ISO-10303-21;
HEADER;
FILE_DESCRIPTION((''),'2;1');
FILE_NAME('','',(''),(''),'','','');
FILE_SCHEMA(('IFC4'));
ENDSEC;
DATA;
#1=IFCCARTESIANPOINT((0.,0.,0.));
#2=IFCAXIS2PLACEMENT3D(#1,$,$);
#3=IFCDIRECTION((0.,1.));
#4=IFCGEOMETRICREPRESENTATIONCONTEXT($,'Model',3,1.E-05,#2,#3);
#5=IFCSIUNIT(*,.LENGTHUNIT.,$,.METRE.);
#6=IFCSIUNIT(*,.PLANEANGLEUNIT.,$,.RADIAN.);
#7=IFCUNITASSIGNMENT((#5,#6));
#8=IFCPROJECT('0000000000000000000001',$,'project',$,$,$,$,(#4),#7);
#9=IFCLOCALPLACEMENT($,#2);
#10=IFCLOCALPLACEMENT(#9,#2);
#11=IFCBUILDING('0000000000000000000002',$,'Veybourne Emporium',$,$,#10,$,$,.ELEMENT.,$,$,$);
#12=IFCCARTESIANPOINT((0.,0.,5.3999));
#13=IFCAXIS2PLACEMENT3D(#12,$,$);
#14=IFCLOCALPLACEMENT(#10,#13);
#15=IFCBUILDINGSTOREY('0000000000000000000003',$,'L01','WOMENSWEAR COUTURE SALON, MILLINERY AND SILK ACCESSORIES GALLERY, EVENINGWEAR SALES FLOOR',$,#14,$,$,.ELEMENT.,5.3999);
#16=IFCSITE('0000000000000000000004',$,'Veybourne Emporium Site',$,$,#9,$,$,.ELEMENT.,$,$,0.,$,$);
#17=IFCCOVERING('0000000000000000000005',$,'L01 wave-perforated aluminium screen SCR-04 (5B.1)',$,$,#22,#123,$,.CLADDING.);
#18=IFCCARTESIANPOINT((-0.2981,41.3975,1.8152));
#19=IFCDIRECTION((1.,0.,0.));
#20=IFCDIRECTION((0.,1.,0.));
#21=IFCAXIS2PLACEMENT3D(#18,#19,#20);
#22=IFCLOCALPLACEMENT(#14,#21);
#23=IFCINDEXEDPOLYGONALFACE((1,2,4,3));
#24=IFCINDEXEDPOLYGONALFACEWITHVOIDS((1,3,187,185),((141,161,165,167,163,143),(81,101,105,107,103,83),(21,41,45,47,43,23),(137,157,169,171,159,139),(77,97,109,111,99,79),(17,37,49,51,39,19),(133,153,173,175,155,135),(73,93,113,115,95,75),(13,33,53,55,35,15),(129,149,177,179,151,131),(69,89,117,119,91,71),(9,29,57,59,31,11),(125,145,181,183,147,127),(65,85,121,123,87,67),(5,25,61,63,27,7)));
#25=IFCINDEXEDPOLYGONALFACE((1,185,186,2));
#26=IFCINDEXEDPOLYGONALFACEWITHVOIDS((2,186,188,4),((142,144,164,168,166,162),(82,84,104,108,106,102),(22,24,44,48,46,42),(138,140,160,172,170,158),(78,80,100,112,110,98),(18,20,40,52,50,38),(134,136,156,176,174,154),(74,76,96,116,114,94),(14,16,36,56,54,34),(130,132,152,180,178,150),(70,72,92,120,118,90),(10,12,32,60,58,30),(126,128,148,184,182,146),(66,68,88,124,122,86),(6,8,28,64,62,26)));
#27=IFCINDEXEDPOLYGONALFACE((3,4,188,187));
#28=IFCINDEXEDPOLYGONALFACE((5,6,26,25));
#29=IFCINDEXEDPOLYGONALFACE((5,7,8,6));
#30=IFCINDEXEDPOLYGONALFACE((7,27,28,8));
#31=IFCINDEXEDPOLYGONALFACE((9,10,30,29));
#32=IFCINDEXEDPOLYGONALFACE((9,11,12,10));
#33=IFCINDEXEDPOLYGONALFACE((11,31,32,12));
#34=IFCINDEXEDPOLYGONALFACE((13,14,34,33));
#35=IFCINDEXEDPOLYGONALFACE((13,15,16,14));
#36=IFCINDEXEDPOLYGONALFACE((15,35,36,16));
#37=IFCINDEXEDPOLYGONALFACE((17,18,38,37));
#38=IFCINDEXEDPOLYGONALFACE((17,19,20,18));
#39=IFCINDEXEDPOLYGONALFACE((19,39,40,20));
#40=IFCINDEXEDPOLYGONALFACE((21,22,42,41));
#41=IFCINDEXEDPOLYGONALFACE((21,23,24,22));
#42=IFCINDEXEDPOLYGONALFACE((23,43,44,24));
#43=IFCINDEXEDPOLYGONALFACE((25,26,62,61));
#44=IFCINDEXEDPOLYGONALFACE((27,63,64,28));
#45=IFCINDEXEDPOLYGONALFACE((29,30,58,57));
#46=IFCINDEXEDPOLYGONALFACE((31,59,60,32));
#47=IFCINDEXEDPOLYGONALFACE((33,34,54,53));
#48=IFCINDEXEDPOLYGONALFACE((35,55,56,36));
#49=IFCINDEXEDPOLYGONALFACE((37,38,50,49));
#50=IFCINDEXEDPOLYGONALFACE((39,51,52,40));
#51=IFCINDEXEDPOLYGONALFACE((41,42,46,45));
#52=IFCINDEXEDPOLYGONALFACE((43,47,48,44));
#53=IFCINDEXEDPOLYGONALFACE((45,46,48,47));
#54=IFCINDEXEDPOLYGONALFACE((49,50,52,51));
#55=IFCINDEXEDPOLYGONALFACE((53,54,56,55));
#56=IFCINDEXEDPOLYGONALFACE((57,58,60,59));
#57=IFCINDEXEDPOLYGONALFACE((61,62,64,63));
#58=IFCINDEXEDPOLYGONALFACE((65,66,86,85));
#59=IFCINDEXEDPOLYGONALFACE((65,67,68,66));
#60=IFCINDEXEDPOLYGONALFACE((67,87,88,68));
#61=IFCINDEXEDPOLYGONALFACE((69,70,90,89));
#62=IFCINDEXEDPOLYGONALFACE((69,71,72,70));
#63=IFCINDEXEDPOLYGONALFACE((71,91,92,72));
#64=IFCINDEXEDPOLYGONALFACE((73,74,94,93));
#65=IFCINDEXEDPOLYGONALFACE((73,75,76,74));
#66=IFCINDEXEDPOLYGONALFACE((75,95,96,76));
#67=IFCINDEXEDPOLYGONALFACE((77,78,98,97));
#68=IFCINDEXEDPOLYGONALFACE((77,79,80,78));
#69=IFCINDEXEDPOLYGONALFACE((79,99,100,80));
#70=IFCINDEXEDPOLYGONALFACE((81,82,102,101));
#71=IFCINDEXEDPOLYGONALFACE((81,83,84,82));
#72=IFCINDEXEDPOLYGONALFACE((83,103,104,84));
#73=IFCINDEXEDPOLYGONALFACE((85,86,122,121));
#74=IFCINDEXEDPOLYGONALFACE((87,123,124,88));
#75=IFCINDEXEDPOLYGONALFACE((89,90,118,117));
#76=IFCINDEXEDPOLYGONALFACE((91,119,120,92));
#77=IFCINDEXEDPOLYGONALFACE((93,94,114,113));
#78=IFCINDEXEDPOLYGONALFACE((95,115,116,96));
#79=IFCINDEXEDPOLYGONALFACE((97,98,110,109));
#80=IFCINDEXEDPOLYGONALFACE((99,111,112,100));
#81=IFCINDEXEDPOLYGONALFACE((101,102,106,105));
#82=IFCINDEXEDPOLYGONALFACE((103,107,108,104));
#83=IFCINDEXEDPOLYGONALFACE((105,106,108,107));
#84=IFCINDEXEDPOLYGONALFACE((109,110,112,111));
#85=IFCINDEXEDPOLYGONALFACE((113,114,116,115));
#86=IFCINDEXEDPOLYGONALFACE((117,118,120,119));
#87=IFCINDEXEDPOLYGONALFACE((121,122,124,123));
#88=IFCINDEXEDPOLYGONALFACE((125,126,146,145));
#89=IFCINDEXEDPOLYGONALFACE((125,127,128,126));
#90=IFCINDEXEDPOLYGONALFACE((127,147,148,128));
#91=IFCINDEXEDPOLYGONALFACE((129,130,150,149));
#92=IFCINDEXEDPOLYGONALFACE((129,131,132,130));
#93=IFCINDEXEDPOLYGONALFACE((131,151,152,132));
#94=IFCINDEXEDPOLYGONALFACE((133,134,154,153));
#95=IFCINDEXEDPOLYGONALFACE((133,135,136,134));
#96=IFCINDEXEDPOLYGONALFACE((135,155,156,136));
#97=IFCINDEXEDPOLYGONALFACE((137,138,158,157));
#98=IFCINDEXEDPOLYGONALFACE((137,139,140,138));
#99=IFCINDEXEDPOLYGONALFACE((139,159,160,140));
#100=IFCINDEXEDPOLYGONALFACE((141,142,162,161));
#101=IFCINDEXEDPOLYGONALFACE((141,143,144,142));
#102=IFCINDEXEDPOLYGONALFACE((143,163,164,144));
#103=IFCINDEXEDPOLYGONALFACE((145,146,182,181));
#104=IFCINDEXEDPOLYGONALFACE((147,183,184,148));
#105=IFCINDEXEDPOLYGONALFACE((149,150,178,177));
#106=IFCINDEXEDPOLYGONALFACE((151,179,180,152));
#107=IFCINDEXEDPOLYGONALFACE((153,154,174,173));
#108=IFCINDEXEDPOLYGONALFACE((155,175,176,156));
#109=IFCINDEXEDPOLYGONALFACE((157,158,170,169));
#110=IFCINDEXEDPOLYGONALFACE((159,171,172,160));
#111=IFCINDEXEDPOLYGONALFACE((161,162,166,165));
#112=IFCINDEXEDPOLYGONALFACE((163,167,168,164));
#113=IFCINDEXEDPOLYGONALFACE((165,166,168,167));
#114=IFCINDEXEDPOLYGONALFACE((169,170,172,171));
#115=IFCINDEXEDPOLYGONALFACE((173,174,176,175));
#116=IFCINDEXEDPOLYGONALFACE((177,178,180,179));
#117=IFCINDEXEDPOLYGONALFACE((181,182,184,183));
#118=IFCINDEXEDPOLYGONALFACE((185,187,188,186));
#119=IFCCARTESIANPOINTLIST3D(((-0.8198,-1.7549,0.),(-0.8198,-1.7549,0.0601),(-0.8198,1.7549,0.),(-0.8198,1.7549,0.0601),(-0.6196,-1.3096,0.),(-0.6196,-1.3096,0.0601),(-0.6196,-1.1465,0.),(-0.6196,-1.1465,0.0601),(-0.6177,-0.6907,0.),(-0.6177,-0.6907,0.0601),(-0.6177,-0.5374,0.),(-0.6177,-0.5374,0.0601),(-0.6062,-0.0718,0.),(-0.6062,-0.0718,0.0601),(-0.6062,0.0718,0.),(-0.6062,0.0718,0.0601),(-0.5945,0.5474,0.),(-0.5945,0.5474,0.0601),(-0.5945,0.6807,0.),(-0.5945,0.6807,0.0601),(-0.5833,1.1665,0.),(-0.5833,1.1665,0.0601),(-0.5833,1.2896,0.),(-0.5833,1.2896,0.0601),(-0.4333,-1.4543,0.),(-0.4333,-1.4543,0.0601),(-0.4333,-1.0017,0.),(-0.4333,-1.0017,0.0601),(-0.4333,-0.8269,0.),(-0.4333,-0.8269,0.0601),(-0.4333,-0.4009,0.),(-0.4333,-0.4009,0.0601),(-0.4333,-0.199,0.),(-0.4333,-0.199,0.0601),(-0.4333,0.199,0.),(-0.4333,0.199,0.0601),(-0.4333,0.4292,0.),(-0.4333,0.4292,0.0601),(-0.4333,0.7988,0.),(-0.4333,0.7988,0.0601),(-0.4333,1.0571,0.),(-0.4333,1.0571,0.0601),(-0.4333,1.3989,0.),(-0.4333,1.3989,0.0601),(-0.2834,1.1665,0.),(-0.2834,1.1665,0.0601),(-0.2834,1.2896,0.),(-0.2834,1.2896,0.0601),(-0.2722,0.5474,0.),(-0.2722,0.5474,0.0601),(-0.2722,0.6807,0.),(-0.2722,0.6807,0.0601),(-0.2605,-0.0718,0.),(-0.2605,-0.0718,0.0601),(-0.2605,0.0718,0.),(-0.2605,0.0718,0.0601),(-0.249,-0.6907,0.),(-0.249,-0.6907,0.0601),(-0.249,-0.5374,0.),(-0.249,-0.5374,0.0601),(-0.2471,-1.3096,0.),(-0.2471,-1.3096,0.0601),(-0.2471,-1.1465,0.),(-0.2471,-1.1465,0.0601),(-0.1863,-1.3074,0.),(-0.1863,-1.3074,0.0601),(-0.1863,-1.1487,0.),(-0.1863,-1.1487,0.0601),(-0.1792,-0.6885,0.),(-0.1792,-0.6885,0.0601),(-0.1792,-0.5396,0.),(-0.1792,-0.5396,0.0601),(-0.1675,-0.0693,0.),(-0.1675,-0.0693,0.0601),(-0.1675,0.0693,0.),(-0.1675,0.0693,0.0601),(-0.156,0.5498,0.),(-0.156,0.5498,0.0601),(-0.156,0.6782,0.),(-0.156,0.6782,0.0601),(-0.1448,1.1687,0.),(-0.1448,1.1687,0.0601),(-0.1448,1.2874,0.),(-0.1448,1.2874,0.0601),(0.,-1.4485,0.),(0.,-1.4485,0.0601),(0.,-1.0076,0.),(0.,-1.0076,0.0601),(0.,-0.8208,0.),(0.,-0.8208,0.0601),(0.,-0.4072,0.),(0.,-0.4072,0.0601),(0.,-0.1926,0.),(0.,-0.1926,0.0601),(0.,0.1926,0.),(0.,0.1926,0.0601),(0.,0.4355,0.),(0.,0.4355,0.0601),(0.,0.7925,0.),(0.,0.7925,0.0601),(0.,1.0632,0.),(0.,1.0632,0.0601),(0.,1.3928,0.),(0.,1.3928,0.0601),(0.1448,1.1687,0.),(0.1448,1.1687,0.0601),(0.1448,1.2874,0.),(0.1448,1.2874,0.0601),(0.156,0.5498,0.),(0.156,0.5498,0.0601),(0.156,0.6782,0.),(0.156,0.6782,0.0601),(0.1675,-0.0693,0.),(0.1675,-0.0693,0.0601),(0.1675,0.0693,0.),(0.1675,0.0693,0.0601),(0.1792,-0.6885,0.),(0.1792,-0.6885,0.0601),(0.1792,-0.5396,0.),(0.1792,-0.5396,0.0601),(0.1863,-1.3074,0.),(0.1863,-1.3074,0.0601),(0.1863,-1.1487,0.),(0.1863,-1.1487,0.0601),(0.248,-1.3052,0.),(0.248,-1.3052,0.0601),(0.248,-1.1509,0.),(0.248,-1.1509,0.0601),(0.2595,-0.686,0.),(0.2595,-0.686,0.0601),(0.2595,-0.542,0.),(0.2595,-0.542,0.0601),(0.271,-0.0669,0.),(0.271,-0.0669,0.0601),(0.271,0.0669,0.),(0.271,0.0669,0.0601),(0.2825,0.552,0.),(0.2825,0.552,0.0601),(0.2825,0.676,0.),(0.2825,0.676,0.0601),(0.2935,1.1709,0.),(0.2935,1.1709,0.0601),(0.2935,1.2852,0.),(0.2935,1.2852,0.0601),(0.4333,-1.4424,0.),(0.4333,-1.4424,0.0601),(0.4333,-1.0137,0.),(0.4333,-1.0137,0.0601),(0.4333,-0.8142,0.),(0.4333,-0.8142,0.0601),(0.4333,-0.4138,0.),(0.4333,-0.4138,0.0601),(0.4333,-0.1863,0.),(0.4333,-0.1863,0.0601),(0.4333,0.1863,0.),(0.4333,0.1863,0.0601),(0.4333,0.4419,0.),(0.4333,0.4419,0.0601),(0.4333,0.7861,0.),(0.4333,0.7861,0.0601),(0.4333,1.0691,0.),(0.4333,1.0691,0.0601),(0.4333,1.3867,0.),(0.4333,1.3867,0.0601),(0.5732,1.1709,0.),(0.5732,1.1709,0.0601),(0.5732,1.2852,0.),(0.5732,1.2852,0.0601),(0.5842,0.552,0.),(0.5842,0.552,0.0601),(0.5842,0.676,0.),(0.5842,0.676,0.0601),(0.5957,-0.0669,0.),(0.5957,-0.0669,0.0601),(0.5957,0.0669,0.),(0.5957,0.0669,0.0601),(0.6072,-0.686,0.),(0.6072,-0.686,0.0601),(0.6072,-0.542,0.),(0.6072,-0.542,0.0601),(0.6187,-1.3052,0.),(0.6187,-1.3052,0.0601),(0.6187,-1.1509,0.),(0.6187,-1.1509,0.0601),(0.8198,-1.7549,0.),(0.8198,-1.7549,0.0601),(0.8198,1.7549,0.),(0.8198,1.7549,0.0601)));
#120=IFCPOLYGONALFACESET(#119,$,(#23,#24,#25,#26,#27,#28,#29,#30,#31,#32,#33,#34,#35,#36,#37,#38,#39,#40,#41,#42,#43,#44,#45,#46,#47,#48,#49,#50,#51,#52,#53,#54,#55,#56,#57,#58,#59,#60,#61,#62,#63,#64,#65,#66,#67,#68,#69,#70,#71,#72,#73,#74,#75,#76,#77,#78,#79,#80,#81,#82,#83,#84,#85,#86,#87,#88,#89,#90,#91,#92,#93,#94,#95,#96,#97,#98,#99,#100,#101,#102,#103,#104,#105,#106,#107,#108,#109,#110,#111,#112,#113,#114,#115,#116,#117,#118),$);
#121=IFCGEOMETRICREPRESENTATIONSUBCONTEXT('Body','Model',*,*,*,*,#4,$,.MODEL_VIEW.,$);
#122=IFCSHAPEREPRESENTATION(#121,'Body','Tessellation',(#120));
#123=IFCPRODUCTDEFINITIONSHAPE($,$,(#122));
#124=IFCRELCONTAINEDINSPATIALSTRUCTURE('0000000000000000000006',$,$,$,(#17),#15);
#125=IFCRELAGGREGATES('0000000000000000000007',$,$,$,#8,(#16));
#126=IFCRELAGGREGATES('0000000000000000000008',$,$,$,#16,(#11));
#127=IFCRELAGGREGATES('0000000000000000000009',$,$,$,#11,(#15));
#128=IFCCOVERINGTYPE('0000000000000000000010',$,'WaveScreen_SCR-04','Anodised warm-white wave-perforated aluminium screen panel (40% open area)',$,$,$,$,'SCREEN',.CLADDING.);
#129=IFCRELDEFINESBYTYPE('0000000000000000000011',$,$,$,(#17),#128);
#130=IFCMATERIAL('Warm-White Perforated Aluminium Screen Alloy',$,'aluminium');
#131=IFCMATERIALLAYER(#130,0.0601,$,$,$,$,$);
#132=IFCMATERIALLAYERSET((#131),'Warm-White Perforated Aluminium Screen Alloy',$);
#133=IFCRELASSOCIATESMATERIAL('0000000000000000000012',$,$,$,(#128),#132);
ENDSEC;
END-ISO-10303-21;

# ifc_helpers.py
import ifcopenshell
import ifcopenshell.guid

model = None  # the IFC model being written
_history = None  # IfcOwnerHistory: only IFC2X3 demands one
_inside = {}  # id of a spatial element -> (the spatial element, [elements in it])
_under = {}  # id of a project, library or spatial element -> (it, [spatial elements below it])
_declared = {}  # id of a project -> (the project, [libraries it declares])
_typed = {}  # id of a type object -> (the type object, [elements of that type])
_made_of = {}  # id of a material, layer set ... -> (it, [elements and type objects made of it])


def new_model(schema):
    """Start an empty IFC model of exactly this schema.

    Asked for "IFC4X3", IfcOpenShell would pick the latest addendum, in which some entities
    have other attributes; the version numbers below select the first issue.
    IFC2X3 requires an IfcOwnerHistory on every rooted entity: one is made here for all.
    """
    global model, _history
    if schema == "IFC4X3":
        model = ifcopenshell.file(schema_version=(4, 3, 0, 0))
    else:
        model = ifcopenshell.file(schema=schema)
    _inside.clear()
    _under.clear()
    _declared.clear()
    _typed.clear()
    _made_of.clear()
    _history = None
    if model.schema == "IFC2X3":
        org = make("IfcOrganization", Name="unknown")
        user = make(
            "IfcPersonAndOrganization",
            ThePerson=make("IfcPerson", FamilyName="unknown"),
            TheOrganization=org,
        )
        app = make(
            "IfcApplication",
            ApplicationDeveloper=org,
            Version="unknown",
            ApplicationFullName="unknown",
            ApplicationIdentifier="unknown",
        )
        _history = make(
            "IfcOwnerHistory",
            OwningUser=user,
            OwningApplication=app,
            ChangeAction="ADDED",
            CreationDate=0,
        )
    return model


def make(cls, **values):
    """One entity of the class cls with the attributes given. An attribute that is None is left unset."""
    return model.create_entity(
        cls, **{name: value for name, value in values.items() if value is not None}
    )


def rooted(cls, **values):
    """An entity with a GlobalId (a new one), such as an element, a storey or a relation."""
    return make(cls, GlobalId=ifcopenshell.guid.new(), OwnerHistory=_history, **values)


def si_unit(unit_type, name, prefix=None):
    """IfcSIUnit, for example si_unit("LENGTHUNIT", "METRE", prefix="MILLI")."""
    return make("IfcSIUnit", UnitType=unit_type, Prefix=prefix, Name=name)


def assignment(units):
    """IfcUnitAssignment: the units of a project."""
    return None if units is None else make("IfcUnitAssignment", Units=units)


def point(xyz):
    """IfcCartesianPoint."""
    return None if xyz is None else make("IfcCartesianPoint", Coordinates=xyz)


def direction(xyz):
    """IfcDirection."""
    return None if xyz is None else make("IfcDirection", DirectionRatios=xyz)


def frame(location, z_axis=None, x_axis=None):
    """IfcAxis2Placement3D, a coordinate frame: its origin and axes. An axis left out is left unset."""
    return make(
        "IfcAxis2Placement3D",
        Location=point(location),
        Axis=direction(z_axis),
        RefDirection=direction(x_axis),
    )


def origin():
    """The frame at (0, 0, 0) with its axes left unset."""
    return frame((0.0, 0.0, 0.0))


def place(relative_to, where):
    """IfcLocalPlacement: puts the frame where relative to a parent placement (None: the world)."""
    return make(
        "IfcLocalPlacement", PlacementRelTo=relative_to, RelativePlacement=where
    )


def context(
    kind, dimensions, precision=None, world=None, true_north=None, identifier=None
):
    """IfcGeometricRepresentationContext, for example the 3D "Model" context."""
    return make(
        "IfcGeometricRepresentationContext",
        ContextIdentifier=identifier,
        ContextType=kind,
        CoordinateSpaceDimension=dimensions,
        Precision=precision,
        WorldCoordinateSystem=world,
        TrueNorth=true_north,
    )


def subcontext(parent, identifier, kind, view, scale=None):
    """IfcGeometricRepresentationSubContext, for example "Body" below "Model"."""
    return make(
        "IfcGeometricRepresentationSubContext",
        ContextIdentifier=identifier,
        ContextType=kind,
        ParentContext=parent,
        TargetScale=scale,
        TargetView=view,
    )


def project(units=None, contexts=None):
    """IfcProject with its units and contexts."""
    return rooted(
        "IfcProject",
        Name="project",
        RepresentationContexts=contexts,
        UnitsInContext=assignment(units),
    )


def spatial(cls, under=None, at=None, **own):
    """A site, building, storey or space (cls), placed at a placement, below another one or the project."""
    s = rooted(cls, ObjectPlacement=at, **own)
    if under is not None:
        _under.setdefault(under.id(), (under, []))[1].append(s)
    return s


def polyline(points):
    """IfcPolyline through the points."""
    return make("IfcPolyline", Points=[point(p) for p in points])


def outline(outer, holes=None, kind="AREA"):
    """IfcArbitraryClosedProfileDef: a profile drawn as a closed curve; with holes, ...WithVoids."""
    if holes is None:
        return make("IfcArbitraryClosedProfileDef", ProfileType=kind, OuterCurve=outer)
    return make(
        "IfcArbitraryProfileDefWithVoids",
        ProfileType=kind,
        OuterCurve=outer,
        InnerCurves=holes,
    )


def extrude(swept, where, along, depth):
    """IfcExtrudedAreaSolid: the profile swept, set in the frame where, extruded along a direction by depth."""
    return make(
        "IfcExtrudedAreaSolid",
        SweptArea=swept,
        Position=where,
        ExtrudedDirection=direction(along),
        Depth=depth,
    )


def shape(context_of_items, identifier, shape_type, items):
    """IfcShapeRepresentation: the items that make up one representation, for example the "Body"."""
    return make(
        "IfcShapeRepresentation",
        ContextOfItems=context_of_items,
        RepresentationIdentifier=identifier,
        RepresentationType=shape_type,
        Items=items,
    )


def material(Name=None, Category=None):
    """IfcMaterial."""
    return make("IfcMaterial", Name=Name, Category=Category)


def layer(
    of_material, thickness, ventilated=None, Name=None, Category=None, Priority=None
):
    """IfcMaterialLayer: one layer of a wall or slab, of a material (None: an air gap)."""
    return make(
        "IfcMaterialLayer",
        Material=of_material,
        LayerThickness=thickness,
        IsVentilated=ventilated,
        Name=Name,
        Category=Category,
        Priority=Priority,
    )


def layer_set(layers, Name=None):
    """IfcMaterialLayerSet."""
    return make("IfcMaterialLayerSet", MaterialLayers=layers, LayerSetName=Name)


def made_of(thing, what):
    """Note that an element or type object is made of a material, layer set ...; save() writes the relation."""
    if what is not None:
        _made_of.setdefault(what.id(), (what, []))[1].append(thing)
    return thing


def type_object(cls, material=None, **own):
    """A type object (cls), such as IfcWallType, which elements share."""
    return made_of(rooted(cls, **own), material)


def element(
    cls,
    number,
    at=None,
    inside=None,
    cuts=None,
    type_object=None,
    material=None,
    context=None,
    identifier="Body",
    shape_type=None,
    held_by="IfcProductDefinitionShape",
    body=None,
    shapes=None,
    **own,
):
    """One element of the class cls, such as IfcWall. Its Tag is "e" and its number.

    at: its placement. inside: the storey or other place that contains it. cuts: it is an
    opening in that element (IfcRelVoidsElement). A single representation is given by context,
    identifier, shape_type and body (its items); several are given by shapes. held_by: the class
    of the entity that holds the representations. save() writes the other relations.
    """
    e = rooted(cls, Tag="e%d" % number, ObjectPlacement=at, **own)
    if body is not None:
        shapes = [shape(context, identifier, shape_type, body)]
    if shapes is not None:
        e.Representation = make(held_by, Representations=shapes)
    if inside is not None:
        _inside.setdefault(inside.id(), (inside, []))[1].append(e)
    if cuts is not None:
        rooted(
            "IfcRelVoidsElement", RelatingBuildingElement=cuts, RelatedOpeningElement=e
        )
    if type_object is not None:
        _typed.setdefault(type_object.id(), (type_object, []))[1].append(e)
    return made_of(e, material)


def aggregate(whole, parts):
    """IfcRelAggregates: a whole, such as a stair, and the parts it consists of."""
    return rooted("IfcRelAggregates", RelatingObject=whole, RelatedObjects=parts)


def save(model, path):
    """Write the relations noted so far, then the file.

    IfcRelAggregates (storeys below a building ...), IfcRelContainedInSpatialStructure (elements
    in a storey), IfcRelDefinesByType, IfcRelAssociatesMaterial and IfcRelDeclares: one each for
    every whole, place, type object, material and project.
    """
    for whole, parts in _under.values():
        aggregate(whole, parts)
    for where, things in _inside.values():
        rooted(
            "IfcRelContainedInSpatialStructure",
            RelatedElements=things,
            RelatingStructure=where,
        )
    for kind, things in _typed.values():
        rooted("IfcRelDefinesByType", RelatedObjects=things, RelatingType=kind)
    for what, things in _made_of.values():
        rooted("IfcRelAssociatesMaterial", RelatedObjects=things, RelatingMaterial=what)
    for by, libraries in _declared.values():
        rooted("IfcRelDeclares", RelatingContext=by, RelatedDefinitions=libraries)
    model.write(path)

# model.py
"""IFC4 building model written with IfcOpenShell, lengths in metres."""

from ifc_helpers import new_model, si_unit, direction, frame, origin, place, context, subcontext, project, spatial, polyline, outline, extrude, material, layer, layer_set, type_object, element, save


model = new_model("IFC4")

# Units and contexts
model_context = context("Model", 3, precision=1e-05, world=origin(), true_north=direction((0.0, 1.0)))
body_context = subcontext(model_context, "Body", "Model", "MODEL_VIEW")
ifc_project = project(units=[si_unit("LENGTHUNIT", "METRE"), si_unit("PLANEANGLEUNIT", "RADIAN")], contexts=[model_context])

# Site, building, storey
site_placement = place(None, origin())
site = spatial("IfcSite", under=ifc_project, at=site_placement, Name="Veybourne Emporium Site", CompositionType="ELEMENT", RefElevation=0.0)
building_placement = place(site_placement, origin())
building = spatial("IfcBuilding", under=site, at=building_placement, Name="Veybourne Emporium", CompositionType="ELEMENT")
storey_placement = place(building_placement, frame((0.0, 0.0, 5.3999)))
storey = spatial("IfcBuildingStorey", under=building, at=storey_placement, Name="L01", Description="WOMENSWEAR COUTURE SALON, MILLINERY AND SILK ACCESSORIES GALLERY, EVENINGWEAR SALES FLOOR", CompositionType="ELEMENT", Elevation=5.3999)

# Covering
ifc_material_1 = material(Name="Warm-White Perforated Aluminium Screen Alloy", Category="aluminium")
ifc_layer_1 = layer(ifc_material_1, 0.0601)
ifc_layer_set_1 = layer_set([ifc_layer_1], Name="Warm-White Perforated Aluminium Screen Alloy")
covering_type_1 = type_object("IfcCoveringType", Name="WaveScreen_SCR-04", Description="Anodised warm-white wave-perforated aluminium screen panel (40% open area)", ElementType="SCREEN", PredefinedType="CLADDING", material=ifc_layer_set_1)
covering_1_placement = place(storey_placement, frame((-0.2981, 41.3975, 1.8152), z_axis=(1.0, 0.0, 0.0), x_axis=(0.0, 1.0, 0.0)))
element("IfcCovering", 1, at=covering_1_placement, inside=storey, type_object=covering_type_1, Name="L01 wave-perforated aluminium screen SCR-04 (5B.1)", PredefinedType="CLADDING", context=body_context, shape_type="SweptSolid", body=[
    extrude(outline(polyline([(-0.8198, -1.7549), (0.8198, -1.7549), (0.8198, 1.7549), (-0.8198, 1.7549), (-0.8198, -1.7549)]), holes=[polyline([(-0.4333, -1.0017), (-0.2471, -1.1465), (-0.2471, -1.3096), (-0.4333, -1.4543), (-0.6196, -1.3096), (-0.6196, -1.1465), (-0.4333, -1.0017)]), polyline([(-0.4333, -0.4009), (-0.249, -0.5374), (-0.249, -0.6907), (-0.4333, -0.8269), (-0.6177, -0.6907), (-0.6177, -0.5374), (-0.4333, -0.4009)]), polyline([(-0.4333, 0.199), (-0.2605, 0.0718), (-0.2605, -0.0718), (-0.4333, -0.199), (-0.6062, -0.0718), (-0.6062, 0.0718), (-0.4333, 0.199)]), polyline([(-0.4333, 0.7988), (-0.2722, 0.6807), (-0.2722, 0.5474), (-0.4333, 0.4292), (-0.5945, 0.5474), (-0.5945, 0.6807), (-0.4333, 0.7988)]), polyline([(-0.4333, 1.3989), (-0.2834, 1.2896), (-0.2834, 1.1665), (-0.4333, 1.0571), (-0.5833, 1.1665), (-0.5833, 1.2896), (-0.4333, 1.3989)]), polyline([(0.0, -1.0076), (0.1863, -1.1487), (0.1863, -1.3074), (0.0, -1.4485), (-0.1863, -1.3074), (-0.1863, -1.1487), (0.0, -1.0076)]), polyline([(0.0, -0.4072), (0.1792, -0.5396), (0.1792, -0.6885), (0.0, -0.8208), (-0.1792, -0.6885), (-0.1792, -0.5396), (0.0, -0.4072)]), polyline([(0.0, 0.1926), (0.1675, 0.0693), (0.1675, -0.0693), (0.0, -0.1926), (-0.1675, -0.0693), (-0.1675, 0.0693), (0.0, 0.1926)]), polyline([(0.0, 0.7925), (0.156, 0.6782), (0.156, 0.5498), (0.0, 0.4355), (-0.156, 0.5498), (-0.156, 0.6782), (0.0, 0.7925)]), polyline([(0.0, 1.3928), (0.1448, 1.2874), (0.1448, 1.1687), (0.0, 1.0632), (-0.1448, 1.1687), (-0.1448, 1.2874), (0.0, 1.3928)]), polyline([(0.4333, -1.0137), (0.6187, -1.1509), (0.6187, -1.3052), (0.4333, -1.4424), (0.248, -1.3052), (0.248, -1.1509), (0.4333, -1.0137)]), polyline([(0.4333, -0.4138), (0.6072, -0.542), (0.6072, -0.686), (0.4333, -0.8142), (0.2595, -0.686), (0.2595, -0.542), (0.4333, -0.4138)]), polyline([(0.4333, 0.1863), (0.5957, 0.0669), (0.5957, -0.0669), (0.4333, -0.1863), (0.271, -0.0669), (0.271, 0.0669), (0.4333, 0.1863)]), polyline([(0.4333, 0.7861), (0.5842, 0.676), (0.5842, 0.552), (0.4333, 0.4419), (0.2825, 0.552), (0.2825, 0.676), (0.4333, 0.7861)]), polyline([(0.4333, 1.3867), (0.5732, 1.2852), (0.5732, 1.1709), (0.4333, 1.0691), (0.2935, 1.1709), (0.2935, 1.2852), (0.4333, 1.3867)])]), origin(), (0.0, 0.0, 1.0), 0.0601),
])

save(model, "model.ifc")
